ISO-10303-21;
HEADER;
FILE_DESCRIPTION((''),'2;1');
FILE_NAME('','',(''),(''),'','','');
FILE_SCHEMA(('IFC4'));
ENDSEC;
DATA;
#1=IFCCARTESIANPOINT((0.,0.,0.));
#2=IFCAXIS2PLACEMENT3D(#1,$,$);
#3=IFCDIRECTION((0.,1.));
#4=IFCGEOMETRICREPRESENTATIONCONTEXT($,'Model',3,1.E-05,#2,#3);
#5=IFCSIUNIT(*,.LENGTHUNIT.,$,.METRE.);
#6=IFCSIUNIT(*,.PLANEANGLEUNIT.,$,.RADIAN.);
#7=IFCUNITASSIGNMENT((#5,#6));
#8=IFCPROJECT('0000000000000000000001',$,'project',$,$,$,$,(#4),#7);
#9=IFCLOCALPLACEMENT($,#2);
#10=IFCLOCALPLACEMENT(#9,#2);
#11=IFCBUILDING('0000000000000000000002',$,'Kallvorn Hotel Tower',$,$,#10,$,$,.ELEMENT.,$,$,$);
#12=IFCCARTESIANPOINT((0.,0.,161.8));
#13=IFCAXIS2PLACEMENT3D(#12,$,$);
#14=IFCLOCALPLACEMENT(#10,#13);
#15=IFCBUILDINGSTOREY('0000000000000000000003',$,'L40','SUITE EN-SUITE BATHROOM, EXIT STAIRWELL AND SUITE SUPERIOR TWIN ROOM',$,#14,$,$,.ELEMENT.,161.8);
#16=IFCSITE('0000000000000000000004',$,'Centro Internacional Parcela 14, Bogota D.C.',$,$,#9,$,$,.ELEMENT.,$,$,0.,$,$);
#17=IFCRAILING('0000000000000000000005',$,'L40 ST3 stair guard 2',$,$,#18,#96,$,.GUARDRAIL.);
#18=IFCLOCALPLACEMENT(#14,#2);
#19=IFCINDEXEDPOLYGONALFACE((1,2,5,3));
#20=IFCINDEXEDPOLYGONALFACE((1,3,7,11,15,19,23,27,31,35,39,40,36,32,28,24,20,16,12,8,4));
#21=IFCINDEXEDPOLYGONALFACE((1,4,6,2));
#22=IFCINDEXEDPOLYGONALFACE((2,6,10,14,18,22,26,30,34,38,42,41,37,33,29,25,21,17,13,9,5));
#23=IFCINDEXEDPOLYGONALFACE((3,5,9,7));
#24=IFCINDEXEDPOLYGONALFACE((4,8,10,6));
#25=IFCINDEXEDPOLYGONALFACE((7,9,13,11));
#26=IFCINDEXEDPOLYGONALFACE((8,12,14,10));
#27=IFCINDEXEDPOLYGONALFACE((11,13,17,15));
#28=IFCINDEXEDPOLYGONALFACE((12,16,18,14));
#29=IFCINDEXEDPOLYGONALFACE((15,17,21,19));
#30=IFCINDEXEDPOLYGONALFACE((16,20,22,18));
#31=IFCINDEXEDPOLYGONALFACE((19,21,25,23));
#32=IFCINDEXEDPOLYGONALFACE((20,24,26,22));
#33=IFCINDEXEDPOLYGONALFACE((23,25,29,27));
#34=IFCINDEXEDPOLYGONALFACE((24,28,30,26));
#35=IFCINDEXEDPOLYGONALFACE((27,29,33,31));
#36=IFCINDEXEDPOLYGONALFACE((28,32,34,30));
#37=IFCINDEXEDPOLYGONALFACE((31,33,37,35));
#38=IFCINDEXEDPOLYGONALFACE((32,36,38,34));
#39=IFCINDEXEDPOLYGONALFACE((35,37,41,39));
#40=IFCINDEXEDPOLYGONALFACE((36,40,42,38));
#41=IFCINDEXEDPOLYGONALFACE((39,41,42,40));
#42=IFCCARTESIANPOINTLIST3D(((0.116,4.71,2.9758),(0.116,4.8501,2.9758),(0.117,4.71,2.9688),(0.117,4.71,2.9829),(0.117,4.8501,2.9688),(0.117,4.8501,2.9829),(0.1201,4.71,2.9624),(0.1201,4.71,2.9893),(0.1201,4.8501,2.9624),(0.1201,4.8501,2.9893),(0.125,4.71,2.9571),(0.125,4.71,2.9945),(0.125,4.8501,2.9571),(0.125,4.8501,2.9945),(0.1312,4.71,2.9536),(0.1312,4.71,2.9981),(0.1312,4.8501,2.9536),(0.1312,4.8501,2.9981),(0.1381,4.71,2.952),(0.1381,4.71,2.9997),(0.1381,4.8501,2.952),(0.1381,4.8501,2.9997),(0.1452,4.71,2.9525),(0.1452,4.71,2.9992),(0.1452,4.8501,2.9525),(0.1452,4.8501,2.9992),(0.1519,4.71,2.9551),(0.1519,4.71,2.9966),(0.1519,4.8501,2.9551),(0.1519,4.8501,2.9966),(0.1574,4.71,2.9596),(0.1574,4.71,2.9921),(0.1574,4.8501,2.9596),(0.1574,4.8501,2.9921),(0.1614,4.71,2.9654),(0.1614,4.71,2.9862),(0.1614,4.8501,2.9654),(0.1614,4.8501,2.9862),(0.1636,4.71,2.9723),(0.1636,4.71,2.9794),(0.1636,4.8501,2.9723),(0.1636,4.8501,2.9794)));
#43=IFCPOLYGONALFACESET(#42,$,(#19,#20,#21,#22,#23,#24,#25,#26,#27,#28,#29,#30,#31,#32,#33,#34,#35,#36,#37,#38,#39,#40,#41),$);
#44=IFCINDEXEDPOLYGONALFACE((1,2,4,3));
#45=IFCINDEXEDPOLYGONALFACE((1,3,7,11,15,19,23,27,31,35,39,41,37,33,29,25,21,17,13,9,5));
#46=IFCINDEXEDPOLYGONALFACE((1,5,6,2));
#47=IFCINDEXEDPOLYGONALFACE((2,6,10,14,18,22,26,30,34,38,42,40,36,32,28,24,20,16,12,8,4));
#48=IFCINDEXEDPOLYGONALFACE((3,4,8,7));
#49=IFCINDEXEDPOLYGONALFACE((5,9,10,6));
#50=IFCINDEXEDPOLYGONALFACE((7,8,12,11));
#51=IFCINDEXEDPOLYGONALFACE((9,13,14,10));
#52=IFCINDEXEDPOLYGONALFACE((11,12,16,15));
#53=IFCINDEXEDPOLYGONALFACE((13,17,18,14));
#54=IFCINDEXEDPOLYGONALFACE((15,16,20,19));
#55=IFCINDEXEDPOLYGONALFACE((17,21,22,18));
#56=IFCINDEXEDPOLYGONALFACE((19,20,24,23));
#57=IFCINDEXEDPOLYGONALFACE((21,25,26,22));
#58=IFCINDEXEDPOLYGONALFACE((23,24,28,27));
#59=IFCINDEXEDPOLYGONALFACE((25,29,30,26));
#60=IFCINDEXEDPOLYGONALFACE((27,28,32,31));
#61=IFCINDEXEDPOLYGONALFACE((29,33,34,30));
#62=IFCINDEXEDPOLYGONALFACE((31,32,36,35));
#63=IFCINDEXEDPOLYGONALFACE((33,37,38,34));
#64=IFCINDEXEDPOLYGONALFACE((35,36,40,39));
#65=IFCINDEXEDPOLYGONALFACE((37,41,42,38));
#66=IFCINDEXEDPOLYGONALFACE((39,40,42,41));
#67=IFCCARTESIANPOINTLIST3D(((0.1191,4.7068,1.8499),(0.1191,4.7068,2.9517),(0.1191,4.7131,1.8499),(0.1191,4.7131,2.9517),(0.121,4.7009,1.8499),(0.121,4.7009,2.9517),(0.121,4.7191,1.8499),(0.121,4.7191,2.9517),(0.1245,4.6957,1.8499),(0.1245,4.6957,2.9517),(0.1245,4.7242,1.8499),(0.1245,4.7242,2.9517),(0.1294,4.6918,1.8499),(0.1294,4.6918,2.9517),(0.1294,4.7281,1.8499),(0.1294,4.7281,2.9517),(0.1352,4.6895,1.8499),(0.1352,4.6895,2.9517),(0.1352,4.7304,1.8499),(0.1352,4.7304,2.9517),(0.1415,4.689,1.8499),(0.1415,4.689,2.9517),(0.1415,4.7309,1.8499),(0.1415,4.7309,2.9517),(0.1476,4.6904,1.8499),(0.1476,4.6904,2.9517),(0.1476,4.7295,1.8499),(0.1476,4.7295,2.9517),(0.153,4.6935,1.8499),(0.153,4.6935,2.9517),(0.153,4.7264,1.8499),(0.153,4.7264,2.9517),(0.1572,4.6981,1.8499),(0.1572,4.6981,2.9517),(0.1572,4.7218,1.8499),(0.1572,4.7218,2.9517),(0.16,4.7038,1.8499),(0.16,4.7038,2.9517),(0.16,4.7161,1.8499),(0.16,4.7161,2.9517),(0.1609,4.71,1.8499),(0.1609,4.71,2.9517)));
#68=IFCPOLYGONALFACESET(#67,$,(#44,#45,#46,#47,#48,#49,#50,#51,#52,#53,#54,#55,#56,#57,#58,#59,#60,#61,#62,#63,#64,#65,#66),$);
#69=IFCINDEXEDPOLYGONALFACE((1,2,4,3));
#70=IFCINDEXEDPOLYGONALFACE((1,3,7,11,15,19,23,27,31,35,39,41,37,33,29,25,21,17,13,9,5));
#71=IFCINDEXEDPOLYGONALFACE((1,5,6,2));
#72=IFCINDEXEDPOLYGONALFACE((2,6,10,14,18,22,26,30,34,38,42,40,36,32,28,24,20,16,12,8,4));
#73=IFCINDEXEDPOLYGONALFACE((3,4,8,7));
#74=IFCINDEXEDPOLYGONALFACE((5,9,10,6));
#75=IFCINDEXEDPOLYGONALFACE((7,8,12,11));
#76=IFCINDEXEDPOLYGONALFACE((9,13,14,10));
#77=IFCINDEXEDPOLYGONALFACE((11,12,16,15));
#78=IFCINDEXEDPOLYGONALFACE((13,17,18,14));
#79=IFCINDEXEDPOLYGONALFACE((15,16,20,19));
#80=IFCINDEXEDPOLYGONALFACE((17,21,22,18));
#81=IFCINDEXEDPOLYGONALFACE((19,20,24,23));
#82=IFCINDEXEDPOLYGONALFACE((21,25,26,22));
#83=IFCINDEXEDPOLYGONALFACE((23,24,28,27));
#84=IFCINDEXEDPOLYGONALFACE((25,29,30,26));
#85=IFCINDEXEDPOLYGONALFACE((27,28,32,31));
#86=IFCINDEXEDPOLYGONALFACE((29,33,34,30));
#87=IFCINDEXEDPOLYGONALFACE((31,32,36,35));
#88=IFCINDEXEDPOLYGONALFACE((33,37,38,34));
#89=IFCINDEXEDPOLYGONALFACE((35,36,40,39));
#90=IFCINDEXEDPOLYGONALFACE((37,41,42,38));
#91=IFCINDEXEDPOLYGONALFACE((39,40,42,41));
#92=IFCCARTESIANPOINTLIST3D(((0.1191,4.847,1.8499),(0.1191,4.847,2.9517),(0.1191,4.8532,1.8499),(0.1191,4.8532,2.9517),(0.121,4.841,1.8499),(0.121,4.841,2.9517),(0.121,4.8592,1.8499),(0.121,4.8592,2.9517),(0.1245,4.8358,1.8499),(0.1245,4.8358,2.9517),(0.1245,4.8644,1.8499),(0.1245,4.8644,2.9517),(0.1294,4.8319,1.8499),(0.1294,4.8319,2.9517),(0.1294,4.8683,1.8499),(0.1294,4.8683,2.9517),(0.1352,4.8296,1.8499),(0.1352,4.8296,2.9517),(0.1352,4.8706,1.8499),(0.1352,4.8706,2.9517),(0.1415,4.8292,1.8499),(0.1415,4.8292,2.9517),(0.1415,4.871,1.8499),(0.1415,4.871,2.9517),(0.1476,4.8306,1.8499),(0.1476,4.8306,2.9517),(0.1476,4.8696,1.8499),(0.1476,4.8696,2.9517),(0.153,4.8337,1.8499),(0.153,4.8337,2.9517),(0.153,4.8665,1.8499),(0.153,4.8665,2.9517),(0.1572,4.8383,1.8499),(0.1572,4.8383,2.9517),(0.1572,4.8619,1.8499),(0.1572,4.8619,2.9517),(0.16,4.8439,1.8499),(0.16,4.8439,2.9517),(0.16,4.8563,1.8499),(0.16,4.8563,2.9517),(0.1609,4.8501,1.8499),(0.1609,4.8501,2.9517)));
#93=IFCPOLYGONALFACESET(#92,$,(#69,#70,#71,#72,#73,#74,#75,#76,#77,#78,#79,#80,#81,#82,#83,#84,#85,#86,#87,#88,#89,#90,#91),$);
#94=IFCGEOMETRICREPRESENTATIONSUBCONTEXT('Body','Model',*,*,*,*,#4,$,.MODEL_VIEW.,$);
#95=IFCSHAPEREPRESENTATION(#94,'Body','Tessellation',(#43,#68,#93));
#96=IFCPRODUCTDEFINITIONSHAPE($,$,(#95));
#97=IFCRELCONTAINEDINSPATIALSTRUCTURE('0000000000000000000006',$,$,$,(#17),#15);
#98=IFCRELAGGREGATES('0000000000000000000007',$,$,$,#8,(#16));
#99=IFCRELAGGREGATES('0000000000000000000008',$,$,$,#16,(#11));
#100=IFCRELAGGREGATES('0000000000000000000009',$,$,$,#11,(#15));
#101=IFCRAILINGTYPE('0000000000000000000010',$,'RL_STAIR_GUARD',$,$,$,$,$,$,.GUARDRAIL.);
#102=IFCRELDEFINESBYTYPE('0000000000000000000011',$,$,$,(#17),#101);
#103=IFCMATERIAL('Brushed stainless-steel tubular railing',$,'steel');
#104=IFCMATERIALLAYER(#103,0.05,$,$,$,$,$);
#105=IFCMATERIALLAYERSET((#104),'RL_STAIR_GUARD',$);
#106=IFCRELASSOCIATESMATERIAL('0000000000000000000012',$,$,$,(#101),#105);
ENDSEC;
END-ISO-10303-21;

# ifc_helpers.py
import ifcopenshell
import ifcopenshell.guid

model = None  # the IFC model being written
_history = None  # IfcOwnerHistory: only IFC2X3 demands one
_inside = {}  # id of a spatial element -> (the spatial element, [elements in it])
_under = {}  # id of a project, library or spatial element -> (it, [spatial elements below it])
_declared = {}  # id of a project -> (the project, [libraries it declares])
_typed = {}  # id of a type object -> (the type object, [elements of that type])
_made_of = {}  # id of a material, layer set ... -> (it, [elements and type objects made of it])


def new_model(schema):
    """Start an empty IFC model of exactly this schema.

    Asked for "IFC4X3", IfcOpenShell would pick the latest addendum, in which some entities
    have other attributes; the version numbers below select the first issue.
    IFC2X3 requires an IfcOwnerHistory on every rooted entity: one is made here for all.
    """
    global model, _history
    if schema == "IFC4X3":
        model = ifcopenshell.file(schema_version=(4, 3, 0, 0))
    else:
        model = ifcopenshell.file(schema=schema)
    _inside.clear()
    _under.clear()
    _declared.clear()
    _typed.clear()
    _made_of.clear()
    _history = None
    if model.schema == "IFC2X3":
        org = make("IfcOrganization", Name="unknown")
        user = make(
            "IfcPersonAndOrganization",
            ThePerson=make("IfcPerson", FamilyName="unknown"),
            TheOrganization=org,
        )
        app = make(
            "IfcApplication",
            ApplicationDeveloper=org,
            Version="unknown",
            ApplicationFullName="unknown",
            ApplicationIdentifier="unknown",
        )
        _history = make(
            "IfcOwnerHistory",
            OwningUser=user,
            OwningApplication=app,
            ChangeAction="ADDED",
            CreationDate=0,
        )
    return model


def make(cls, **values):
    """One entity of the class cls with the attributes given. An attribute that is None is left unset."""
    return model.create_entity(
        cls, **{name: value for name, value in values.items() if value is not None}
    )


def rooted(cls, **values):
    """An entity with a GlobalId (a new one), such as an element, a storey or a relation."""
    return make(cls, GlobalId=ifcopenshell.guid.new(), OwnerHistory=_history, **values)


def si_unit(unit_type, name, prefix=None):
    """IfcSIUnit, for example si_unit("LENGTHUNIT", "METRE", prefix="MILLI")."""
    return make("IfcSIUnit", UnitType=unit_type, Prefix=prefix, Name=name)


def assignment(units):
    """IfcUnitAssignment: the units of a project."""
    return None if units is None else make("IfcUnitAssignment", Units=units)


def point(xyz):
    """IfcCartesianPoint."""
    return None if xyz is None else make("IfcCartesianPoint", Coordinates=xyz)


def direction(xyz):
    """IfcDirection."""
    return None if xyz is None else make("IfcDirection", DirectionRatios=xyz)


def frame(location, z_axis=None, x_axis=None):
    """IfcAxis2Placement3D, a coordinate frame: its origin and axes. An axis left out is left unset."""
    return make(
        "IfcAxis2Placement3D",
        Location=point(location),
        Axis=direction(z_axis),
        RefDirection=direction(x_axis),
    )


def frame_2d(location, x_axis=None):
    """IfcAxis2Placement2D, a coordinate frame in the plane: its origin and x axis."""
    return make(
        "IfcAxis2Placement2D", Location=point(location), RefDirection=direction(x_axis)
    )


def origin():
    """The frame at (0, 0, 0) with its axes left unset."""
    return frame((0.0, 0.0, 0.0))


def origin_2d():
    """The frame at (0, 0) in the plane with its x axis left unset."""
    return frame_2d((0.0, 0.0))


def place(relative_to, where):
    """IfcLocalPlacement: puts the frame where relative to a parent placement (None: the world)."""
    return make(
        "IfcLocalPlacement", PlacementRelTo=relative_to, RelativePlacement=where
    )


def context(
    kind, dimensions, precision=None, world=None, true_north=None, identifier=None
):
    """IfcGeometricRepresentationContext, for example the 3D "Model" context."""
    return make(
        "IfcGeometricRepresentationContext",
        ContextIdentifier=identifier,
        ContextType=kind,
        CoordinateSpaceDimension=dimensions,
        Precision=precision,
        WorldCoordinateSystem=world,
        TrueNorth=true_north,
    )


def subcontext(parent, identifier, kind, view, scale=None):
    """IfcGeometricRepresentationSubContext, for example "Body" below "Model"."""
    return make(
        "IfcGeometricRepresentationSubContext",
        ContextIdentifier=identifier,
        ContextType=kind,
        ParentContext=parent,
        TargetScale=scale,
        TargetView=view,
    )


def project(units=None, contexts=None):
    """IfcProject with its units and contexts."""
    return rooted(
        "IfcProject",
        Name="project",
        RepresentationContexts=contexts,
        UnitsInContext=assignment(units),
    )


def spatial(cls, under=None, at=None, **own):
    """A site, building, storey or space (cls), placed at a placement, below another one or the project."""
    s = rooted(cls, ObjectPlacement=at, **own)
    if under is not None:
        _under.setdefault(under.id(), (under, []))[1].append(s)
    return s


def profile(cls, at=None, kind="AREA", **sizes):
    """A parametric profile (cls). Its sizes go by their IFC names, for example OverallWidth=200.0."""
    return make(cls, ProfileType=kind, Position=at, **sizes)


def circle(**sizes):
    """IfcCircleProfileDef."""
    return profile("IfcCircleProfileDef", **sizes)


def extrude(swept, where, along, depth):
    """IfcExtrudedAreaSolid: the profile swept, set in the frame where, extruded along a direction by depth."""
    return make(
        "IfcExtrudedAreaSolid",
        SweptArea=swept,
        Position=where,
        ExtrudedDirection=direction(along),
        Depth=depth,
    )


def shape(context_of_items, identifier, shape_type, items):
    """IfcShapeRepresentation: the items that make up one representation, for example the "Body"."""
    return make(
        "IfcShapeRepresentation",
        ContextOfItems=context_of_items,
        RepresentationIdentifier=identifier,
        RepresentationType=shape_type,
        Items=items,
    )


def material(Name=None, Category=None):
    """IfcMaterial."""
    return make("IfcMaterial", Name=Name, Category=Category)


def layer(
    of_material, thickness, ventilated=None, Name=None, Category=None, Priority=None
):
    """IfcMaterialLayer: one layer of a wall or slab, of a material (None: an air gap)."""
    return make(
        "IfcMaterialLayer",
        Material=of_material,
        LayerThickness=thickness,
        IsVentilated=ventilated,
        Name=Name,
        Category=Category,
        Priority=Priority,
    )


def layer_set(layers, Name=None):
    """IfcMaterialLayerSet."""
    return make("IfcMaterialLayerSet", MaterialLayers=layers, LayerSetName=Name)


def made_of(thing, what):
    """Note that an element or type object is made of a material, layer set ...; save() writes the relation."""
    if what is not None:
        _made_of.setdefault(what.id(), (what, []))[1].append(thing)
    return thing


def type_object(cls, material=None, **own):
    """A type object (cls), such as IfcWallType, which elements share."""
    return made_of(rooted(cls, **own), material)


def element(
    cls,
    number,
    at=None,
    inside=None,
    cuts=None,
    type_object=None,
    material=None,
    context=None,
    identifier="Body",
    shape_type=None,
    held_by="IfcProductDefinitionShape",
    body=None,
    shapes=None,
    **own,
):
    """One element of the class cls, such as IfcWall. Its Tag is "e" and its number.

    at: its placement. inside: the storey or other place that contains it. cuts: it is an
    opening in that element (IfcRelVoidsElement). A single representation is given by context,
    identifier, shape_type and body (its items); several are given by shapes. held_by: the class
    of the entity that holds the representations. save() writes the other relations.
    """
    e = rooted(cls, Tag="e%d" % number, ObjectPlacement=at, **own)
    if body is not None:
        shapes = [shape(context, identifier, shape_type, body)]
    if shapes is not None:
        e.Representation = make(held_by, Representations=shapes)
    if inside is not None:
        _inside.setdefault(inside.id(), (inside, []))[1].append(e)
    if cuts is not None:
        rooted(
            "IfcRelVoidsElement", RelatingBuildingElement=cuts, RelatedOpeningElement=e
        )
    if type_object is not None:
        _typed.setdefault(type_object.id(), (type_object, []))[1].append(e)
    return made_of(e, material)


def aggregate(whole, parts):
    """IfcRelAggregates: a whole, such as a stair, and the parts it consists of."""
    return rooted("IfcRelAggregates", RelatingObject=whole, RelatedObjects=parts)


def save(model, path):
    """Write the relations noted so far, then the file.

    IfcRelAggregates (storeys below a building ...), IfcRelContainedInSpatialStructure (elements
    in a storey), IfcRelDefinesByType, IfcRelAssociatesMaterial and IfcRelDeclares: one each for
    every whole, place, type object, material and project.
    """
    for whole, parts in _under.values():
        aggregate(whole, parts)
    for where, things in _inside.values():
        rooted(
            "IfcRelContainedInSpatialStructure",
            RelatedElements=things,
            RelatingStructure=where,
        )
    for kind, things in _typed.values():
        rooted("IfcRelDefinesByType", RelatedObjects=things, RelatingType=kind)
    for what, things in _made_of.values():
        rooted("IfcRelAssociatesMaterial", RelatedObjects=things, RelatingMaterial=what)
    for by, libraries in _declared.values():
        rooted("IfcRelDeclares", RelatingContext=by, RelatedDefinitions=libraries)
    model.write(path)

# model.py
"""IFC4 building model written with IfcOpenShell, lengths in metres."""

from ifc_helpers import new_model, si_unit, direction, frame, origin, origin_2d, place, context, subcontext, project, spatial, circle, extrude, material, layer, layer_set, type_object, element, save


model = new_model("IFC4")

# Units and contexts
model_context = context("Model", 3, precision=1e-05, world=origin(), true_north=direction((0.0, 1.0)))
body_context = subcontext(model_context, "Body", "Model", "MODEL_VIEW")
ifc_project = project(units=[si_unit("LENGTHUNIT", "METRE"), si_unit("PLANEANGLEUNIT", "RADIAN")], contexts=[model_context])

# Site, building, storey
site_placement = place(None, origin())
site = spatial("IfcSite", under=ifc_project, at=site_placement, Name="Centro Internacional Parcela 14, Bogota D.C.", CompositionType="ELEMENT", RefElevation=0.0)
building_placement = place(site_placement, origin())
building = spatial("IfcBuilding", under=site, at=building_placement, Name="Kallvorn Hotel Tower", CompositionType="ELEMENT")
storey_placement = place(building_placement, frame((0.0, 0.0, 161.8)))
storey = spatial("IfcBuildingStorey", under=building, at=storey_placement, Name="L40", Description="SUITE EN-SUITE BATHROOM, EXIT STAIRWELL AND SUITE SUPERIOR TWIN ROOM", CompositionType="ELEMENT", Elevation=161.8)

# Railing
ifc_material_1 = material(Name="Brushed stainless-steel tubular railing", Category="steel")
ifc_layer_1 = layer(ifc_material_1, 0.05)
ifc_layer_set_1 = layer_set([ifc_layer_1], Name="RL_STAIR_GUARD")
railing_type_1 = type_object("IfcRailingType", Name="RL_STAIR_GUARD", PredefinedType="GUARDRAIL", material=ifc_layer_set_1)
railing_1_placement = place(storey_placement, frame((0.1399, 4.71, 1.8499)))
element("IfcRailing", 1, at=railing_1_placement, inside=storey, type_object=railing_type_1, Name="L40 ST3 stair guard 2", PredefinedType="GUARDRAIL", context=body_context, shape_type="SweptSolid", body=[
    extrude(circle(Radius=0.0239, at=origin_2d()), frame((0.0, 0.0, 1.126), z_axis=(0.0, 1.0, 0.0), x_axis=(-1.0, 0.0, 0.0)), (0.0, 0.0, 1.0), 0.1401),
    extrude(circle(Radius=0.021, at=origin_2d()), origin(), (0.0, 0.0, 1.0), 1.1018),
    extrude(circle(Radius=0.021, at=origin_2d()), frame((0.0, 0.1401, 0.0)), (0.0, 0.0, 1.0), 1.1018),
])

save(model, "model.ifc")
